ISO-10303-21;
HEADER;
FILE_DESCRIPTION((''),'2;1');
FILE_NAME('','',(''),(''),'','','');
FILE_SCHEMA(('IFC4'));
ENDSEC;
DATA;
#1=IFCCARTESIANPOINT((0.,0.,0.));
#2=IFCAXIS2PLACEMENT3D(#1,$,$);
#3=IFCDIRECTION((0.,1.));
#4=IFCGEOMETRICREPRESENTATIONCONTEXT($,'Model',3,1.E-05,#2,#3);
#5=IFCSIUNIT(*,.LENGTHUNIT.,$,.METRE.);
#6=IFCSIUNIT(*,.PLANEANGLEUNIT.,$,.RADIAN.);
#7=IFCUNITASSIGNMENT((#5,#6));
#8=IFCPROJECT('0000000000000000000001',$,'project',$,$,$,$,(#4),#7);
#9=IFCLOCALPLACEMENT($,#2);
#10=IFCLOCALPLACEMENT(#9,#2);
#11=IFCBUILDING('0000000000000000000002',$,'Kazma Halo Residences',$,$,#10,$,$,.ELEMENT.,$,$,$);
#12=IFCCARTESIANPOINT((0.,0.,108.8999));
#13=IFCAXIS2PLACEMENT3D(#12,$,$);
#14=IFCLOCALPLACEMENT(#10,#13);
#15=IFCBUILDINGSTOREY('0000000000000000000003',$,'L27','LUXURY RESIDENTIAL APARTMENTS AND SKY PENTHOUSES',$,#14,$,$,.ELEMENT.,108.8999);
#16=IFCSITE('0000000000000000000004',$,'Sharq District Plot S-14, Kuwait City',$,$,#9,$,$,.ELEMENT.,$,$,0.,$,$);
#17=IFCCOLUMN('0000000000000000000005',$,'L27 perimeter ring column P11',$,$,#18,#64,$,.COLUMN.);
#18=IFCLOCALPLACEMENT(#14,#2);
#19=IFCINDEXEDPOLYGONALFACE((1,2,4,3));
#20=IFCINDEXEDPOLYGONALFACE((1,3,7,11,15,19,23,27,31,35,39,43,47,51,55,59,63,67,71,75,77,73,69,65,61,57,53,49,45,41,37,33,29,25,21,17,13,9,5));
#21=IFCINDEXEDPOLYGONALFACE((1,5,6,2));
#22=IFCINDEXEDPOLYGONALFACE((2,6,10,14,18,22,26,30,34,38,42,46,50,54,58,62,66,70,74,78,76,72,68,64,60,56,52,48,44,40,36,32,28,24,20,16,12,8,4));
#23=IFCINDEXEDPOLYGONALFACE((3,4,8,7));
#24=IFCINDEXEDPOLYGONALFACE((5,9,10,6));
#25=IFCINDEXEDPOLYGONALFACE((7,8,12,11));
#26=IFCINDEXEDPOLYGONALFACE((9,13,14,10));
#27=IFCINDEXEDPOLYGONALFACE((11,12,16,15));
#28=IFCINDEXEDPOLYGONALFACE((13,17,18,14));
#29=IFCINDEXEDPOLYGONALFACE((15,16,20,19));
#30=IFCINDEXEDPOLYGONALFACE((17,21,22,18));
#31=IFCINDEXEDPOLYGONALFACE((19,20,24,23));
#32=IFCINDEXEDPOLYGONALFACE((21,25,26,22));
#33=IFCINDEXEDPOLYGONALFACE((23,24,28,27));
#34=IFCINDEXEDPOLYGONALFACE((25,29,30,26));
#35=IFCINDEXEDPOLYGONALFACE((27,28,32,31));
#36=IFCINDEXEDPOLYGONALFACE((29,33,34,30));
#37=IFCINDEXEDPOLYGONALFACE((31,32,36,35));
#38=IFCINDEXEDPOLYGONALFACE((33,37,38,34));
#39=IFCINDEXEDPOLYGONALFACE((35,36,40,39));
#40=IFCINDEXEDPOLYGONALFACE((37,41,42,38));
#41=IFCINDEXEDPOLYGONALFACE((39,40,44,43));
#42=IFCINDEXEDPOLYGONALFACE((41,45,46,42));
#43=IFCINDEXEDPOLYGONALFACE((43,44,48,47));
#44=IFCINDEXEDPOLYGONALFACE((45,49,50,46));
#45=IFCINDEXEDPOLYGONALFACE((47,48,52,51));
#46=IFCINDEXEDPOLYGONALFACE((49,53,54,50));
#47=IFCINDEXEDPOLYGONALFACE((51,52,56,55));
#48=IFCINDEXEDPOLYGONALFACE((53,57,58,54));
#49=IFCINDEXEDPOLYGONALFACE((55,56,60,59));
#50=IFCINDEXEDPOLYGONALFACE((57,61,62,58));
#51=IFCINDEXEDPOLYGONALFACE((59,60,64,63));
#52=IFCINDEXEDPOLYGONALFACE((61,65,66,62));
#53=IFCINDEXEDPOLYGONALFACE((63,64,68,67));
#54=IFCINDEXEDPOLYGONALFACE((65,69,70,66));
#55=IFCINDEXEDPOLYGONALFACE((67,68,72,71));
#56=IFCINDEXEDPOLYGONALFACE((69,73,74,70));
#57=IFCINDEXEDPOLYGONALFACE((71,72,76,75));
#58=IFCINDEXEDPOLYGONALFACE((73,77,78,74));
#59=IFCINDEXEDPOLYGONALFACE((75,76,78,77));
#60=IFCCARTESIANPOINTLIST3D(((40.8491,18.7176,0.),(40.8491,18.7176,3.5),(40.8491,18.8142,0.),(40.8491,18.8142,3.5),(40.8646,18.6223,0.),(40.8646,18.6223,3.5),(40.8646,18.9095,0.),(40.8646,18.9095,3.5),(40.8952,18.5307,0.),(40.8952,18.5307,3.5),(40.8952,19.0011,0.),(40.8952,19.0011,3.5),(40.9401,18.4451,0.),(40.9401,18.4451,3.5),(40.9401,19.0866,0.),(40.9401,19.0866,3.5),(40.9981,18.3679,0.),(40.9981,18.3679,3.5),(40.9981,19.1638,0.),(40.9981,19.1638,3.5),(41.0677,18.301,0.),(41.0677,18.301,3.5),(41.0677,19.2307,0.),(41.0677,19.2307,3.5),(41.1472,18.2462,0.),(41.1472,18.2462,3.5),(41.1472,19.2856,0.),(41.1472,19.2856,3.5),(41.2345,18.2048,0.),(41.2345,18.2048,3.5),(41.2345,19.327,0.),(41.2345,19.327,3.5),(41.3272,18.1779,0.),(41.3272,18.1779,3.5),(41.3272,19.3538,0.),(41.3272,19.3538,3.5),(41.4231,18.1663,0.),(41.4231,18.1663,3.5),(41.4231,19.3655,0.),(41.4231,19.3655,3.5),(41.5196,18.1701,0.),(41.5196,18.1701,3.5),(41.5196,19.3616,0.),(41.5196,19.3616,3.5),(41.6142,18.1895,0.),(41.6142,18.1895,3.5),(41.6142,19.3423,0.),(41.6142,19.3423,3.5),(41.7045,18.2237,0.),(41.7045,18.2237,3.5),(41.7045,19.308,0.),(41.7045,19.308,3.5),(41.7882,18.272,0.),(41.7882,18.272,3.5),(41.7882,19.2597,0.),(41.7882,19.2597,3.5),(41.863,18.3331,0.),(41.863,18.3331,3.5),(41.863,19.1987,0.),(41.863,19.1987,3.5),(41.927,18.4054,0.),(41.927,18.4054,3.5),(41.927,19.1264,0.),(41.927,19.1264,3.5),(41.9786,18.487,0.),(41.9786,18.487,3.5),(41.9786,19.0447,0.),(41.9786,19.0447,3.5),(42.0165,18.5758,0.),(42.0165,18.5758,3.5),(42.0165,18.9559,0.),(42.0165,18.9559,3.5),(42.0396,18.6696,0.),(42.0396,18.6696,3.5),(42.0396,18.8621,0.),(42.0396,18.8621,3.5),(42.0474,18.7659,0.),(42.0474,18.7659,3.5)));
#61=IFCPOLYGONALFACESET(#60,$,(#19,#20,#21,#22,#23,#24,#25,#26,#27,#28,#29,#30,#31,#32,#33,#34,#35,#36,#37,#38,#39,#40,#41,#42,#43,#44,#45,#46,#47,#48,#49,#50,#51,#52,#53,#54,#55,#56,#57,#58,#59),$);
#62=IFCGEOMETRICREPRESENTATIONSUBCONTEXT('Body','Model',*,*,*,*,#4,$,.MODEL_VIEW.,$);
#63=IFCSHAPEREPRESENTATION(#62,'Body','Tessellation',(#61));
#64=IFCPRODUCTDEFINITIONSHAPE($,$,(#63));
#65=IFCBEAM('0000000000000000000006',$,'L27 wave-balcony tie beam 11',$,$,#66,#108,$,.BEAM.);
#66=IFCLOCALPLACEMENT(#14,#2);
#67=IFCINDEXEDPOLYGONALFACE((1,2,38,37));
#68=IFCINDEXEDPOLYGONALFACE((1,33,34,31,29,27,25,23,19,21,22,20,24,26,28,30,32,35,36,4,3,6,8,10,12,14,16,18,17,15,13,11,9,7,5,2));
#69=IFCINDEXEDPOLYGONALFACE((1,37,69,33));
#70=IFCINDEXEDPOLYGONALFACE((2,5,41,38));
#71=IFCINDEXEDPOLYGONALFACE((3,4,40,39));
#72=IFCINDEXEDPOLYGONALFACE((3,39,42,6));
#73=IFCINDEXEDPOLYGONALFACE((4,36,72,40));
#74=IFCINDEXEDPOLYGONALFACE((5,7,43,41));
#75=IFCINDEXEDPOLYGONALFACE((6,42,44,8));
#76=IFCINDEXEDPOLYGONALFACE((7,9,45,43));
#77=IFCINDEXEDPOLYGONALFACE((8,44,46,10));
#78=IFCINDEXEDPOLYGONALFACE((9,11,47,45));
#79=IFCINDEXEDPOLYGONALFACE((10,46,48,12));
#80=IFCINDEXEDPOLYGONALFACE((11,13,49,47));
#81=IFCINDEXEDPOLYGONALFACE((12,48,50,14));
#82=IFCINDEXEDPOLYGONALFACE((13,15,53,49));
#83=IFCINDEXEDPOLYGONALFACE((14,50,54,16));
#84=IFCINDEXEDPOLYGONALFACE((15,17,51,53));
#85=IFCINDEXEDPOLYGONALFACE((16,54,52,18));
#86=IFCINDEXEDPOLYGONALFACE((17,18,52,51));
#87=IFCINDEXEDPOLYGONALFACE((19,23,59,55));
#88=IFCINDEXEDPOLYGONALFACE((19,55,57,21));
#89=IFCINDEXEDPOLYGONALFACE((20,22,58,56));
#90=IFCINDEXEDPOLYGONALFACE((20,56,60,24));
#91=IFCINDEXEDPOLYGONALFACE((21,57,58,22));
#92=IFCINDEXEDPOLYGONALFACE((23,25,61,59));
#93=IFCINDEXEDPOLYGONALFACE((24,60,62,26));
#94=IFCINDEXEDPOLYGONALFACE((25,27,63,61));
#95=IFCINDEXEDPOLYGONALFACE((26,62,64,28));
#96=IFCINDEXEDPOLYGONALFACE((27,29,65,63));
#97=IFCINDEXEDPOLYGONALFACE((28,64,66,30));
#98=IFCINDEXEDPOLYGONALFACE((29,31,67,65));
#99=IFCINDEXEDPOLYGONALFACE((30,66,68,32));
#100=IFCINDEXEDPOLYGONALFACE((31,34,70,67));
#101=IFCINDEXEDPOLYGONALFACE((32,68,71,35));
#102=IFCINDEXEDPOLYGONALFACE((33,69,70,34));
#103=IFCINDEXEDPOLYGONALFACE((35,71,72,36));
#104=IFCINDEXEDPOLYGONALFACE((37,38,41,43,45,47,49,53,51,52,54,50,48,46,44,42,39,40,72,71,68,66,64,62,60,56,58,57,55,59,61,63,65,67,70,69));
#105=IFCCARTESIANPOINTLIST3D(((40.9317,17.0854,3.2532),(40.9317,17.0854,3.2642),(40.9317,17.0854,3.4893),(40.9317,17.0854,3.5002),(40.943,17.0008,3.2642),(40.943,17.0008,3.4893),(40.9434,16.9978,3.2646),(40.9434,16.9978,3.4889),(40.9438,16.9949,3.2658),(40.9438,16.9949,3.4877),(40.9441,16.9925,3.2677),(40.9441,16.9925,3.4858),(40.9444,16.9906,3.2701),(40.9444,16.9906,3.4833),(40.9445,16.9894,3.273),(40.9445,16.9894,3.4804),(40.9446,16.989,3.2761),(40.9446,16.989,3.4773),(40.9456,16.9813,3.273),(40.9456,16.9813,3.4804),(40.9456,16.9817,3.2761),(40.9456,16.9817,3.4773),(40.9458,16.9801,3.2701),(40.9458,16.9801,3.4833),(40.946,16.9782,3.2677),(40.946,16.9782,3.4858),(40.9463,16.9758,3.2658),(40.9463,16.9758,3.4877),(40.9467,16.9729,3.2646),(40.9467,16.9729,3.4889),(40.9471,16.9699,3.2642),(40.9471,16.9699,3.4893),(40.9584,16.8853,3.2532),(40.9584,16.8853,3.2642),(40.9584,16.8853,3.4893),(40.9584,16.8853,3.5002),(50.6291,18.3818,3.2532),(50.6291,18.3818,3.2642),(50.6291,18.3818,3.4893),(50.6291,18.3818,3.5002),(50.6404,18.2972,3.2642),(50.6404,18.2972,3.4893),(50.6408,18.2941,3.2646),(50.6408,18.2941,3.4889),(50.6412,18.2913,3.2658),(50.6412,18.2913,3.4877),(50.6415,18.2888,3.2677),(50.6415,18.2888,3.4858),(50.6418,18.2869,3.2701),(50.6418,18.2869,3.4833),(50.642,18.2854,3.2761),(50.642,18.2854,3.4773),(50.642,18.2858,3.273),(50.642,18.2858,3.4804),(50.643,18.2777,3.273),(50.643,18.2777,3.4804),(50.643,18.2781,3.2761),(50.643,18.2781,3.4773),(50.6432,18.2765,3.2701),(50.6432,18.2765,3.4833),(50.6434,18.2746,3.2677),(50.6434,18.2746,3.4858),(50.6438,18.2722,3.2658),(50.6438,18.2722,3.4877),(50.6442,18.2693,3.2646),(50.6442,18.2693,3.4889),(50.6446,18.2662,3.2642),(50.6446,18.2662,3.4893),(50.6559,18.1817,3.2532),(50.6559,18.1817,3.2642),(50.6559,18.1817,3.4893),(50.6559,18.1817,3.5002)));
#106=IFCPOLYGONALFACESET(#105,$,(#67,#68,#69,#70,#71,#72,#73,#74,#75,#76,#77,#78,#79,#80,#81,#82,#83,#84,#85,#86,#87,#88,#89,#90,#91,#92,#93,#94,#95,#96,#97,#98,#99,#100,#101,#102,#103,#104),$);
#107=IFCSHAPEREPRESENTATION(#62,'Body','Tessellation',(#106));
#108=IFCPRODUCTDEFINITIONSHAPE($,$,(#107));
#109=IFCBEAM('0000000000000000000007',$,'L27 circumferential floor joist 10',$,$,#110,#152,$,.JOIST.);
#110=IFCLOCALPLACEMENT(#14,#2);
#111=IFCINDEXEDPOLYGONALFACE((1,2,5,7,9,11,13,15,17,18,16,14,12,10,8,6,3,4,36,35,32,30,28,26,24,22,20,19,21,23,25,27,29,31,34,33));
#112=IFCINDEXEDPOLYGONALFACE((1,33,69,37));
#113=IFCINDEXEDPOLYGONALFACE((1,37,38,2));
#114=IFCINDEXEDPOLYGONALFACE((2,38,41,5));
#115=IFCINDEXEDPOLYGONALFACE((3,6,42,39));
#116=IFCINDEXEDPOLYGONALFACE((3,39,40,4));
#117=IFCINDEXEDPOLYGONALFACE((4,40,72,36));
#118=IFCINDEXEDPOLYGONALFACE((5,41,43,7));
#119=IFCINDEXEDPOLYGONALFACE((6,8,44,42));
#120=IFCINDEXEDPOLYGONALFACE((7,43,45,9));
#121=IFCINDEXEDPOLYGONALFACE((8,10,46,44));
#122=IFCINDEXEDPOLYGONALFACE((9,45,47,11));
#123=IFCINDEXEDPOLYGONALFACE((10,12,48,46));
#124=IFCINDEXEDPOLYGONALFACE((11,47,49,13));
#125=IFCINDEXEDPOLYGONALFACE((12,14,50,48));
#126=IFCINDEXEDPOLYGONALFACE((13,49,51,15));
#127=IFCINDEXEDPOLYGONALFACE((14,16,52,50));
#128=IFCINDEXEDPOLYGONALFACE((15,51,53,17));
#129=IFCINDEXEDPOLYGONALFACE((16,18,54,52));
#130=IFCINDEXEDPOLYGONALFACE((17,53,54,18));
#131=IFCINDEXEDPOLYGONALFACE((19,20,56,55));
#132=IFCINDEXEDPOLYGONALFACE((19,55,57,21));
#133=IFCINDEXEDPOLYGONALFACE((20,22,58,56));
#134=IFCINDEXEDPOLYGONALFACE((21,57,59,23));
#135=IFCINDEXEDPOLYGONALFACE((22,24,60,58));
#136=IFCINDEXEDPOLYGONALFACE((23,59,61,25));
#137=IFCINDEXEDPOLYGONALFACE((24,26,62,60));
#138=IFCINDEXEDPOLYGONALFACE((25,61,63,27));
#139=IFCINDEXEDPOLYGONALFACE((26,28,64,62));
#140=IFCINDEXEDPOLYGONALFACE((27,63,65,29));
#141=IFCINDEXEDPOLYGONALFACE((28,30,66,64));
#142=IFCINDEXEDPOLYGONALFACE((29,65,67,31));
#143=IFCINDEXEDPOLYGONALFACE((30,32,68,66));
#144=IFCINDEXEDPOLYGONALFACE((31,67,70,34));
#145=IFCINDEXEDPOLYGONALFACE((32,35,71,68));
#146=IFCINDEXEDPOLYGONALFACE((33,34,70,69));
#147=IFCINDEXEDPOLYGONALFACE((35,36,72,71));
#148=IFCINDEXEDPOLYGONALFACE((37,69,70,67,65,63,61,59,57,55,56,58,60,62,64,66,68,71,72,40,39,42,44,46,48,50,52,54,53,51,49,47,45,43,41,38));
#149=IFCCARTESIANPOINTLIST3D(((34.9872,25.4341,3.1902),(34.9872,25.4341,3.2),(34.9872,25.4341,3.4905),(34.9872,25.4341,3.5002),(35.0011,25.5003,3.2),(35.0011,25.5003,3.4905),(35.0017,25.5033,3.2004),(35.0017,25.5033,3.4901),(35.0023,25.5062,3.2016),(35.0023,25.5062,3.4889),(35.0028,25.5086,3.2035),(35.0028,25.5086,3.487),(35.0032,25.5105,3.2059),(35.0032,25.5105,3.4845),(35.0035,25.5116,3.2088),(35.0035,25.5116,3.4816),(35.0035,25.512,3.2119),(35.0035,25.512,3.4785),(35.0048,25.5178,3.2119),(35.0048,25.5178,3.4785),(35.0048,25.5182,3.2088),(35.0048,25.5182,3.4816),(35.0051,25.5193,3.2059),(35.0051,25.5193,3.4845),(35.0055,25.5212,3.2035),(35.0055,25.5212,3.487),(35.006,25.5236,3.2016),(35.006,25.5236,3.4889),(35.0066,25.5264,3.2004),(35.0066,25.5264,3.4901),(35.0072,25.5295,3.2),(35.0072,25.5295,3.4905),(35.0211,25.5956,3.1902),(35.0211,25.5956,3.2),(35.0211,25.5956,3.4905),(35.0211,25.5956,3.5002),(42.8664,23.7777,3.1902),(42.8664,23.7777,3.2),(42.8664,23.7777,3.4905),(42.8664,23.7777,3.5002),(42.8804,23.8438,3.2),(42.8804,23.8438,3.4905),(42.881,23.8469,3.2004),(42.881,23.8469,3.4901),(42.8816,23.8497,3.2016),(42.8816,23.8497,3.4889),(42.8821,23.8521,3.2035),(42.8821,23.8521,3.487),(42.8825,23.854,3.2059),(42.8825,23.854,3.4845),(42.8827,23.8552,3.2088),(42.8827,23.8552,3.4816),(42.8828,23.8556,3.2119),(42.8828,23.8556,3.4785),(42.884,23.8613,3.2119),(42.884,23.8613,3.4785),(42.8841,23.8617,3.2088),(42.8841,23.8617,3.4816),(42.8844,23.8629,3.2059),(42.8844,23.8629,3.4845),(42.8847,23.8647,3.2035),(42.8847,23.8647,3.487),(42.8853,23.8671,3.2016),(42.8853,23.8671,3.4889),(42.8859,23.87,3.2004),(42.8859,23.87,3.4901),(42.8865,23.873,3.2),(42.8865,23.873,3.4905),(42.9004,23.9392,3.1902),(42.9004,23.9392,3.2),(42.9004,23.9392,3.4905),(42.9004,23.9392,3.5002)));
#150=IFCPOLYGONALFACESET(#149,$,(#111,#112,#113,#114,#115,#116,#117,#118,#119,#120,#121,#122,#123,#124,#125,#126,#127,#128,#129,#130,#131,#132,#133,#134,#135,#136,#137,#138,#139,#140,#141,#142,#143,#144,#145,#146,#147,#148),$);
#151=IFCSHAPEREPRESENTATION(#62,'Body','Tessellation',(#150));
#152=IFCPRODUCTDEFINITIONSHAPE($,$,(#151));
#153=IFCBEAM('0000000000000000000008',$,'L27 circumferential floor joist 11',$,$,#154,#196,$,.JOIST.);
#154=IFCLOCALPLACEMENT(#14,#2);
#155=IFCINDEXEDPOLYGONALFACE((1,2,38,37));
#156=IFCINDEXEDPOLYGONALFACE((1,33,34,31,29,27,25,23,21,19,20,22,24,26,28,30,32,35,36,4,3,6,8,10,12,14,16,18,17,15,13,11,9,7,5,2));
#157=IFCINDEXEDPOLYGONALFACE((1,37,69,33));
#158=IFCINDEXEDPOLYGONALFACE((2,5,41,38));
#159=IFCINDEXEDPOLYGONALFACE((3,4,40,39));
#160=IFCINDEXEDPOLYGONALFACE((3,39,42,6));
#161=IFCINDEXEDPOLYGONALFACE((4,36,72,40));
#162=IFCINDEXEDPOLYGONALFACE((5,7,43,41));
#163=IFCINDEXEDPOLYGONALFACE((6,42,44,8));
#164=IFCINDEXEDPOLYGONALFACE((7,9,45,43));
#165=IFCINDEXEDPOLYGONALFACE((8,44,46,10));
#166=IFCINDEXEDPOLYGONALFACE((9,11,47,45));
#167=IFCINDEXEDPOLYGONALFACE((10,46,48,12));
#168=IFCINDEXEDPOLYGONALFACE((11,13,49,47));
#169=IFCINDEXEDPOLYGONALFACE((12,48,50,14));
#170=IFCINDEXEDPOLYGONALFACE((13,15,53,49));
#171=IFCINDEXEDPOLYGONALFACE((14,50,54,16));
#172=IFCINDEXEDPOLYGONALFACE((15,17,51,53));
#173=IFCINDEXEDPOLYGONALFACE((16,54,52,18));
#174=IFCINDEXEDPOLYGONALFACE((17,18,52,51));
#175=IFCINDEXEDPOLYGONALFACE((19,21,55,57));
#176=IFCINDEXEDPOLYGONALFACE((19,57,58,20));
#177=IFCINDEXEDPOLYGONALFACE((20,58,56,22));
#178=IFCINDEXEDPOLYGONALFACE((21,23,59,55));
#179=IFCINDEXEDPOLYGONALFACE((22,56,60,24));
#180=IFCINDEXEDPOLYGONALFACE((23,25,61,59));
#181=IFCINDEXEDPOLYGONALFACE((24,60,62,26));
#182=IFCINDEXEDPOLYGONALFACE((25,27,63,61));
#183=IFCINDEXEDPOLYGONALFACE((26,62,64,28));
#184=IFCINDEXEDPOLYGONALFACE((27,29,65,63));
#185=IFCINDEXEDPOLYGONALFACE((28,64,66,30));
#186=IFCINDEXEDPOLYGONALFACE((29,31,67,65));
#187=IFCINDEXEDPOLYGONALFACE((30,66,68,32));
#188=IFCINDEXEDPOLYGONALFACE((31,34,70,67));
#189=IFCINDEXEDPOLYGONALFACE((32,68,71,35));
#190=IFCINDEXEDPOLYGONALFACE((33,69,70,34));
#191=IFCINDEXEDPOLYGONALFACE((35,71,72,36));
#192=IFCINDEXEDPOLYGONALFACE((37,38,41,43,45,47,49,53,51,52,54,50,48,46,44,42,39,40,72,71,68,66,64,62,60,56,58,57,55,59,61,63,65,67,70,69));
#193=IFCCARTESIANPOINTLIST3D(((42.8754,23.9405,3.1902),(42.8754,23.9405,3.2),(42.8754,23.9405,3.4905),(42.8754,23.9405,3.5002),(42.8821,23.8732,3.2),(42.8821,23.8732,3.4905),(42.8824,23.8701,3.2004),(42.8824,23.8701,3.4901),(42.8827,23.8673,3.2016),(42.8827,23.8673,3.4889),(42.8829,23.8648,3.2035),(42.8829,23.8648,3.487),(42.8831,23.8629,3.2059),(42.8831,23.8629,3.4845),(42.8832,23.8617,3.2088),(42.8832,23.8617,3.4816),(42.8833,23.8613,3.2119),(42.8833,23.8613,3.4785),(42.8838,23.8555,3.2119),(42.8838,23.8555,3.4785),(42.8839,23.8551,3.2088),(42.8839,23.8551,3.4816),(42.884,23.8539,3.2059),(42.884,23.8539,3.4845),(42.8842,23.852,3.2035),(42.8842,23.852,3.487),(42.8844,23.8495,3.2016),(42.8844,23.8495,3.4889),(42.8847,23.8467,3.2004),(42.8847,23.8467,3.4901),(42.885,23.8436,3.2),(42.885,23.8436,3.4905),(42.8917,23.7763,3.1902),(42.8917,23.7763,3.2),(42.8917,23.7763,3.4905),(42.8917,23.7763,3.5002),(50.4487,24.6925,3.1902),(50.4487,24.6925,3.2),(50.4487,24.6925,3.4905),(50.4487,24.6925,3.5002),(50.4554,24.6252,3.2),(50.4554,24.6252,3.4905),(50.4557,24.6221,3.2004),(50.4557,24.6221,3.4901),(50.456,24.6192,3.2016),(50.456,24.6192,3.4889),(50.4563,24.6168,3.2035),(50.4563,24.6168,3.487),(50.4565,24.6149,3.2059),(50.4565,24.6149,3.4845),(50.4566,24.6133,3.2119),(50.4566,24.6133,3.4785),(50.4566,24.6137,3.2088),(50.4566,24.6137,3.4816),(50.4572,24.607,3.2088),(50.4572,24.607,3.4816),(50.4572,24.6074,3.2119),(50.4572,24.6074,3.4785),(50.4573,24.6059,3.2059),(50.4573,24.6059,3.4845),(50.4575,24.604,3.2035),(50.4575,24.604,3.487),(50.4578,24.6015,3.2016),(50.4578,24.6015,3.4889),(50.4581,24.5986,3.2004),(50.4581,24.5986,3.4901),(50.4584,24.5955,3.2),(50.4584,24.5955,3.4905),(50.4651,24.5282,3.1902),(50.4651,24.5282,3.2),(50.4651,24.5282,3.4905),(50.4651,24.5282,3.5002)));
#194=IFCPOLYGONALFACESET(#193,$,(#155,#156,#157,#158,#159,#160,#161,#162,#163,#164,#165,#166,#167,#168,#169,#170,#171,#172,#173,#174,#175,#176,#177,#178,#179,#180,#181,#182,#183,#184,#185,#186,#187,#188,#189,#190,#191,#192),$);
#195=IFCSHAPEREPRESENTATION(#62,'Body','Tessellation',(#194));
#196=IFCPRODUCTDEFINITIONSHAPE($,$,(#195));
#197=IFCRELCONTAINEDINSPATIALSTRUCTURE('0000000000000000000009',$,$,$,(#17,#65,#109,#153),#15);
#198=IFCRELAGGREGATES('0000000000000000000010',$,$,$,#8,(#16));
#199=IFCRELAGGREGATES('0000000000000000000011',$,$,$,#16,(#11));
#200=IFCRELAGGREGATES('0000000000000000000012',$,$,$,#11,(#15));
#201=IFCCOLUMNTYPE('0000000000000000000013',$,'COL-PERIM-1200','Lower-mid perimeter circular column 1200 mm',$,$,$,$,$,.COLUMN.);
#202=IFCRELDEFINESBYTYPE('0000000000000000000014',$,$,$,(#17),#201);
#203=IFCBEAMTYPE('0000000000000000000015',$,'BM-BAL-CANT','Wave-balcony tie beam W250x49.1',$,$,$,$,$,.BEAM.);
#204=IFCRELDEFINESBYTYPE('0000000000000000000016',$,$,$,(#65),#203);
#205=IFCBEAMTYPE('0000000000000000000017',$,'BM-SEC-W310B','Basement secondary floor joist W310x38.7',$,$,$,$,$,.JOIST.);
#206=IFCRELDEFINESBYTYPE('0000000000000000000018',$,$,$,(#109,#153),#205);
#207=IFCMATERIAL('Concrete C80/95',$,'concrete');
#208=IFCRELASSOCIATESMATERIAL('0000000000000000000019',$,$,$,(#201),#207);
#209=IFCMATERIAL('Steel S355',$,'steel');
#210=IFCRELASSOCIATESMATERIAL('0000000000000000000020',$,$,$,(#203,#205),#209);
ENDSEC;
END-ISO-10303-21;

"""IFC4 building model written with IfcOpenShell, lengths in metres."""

from ifc_helpers import new_model, si_unit, direction, frame, origin, origin_2d, place, context, subcontext, project, spatial, circle, i_section, extrude, material, material_profile, profile_set, type_object, element, save


model = new_model("IFC4")

# Units and contexts
model_context = context("Model", 3, precision=1e-05, world=origin(), true_north=direction((0.0, 1.0)))
body_context = subcontext(model_context, "Body", "Model", "MODEL_VIEW")
ifc_project = project(units=[si_unit("LENGTHUNIT", "METRE"), si_unit("PLANEANGLEUNIT", "RADIAN")], contexts=[model_context])

# Site, building, storey
site_placement = place(None, origin())
site = spatial("IfcSite", under=ifc_project, at=site_placement, Name="Sharq District Plot S-14, Kuwait City", CompositionType="ELEMENT", RefElevation=0.0)
building_placement = place(site_placement, origin())
building = spatial("IfcBuilding", under=site, at=building_placement, Name="Kazma Halo Residences", CompositionType="ELEMENT")
storey_placement = place(building_placement, frame((0.0, 0.0, 108.8999)))
storey = spatial("IfcBuildingStorey", under=building, at=storey_placement, Name="L27", Description="LUXURY RESIDENTIAL APARTMENTS AND SKY PENTHOUSES", CompositionType="ELEMENT", Elevation=108.8999)

# Column
ifc_material_1 = material(Name="Concrete C80/95", Category="concrete")
ifc_material_profile_1 = material_profile(ifc_material_1, circle(Radius=0.6001, at=origin_2d()), Name="CIRC1200")
ifc_profile_set_1 = profile_set([ifc_material_profile_1], Name="Concrete C80/95")
column_type = type_object("IfcColumnType", Name="COL-PERIM-1200", Description="Lower-mid perimeter circular column 1200 mm", PredefinedType="COLUMN", material=ifc_profile_set_1)
column_placement = place(storey_placement, frame((41.4473, 18.7659, 0.0), z_axis=(0.0, 0.0, 1.0), x_axis=(1.0, 0.0, 0.0)))
element("IfcColumn", 1, at=column_placement, inside=storey, type_object=column_type, Name="L27 perimeter ring column P11", PredefinedType="COLUMN", context=body_context, shape_type="SweptSolid", body=[
    extrude(circle(Radius=0.6001, at=origin_2d()), origin(), (0.0, 0.0, 1.0), 3.5),
])

# Beams
ifc_material_2 = material(Name="Steel S355", Category="steel")
ifc_material_profile_2 = material_profile(ifc_material_2, i_section(OverallWidth=0.2019, OverallDepth=0.2471, WebThickness=0.0073, FlangeThickness=0.011, FilletRadius=0.012, at=origin_2d()), Name="W250x49.1")
ifc_profile_set_2 = profile_set([ifc_material_profile_2], Name="Steel S355")
beam_type_1 = type_object("IfcBeamType", Name="BM-BAL-CANT", Description="Wave-balcony tie beam W250x49.1", PredefinedType="BEAM", material=ifc_profile_set_2)
beam_1_placement = place(storey_placement, frame((40.9451, 16.9854, 3.3767), z_axis=(0.991183, 0.132504, 0.0), x_axis=(-0.132504, 0.991183, 0.0)))
element("IfcBeam", 2, at=beam_1_placement, inside=storey, type_object=beam_type_1, Name="L27 wave-balcony tie beam 11", PredefinedType="BEAM", context=body_context, shape_type="SweptSolid", body=[
    extrude(i_section(OverallWidth=0.2019, OverallDepth=0.2471, WebThickness=0.0073, FlangeThickness=0.011, FilletRadius=0.012, at=origin_2d()), origin(), (0.0, 0.0, 1.0), 9.7837),
])
ifc_material_profile_3 = material_profile(ifc_material_2, i_section(OverallWidth=0.165, OverallDepth=0.3101, WebThickness=0.0059, FlangeThickness=0.0098, FilletRadius=0.012, at=origin_2d()), Name="W310x38.7")
ifc_profile_set_3 = profile_set([ifc_material_profile_3], Name="Steel S355")
beam_type_2 = type_object("IfcBeamType", Name="BM-SEC-W310B", Description="Basement secondary floor joist W310x38.7", PredefinedType="JOIST", material=ifc_profile_set_3)
beam_2_placement = place(storey_placement, frame((35.0042, 25.5149, 3.3452), z_axis=(0.978608, -0.205734, 0.0), x_axis=(0.205734, 0.978608, 0.0)))
element("IfcBeam", 3, at=beam_2_placement, inside=storey, type_object=beam_type_2, Name="L27 circumferential floor joist 10", PredefinedType="JOIST", context=body_context, shape_type="SweptSolid", body=[
    extrude(i_section(OverallWidth=0.165, OverallDepth=0.3101, WebThickness=0.0059, FlangeThickness=0.0098, FilletRadius=0.012, at=origin_2d()), origin(), (0.0, 0.0, 1.0), 8.0515),
])
beam_3_placement = place(storey_placement, frame((42.8835, 23.8584, 3.3452), z_axis=(0.995107, 0.098805, 0.0), x_axis=(-0.098805, 0.995107, 0.0)))
element("IfcBeam", 4, at=beam_3_placement, inside=storey, type_object=beam_type_2, Name="L27 circumferential floor joist 11", PredefinedType="JOIST", context=body_context, shape_type="SweptSolid", body=[
    extrude(i_section(OverallWidth=0.165, OverallDepth=0.3101, WebThickness=0.0059, FlangeThickness=0.0098, FilletRadius=0.012, at=origin_2d()), origin(), (0.0, 0.0, 1.0), 7.6106),
])

save(model, "model.ifc")
